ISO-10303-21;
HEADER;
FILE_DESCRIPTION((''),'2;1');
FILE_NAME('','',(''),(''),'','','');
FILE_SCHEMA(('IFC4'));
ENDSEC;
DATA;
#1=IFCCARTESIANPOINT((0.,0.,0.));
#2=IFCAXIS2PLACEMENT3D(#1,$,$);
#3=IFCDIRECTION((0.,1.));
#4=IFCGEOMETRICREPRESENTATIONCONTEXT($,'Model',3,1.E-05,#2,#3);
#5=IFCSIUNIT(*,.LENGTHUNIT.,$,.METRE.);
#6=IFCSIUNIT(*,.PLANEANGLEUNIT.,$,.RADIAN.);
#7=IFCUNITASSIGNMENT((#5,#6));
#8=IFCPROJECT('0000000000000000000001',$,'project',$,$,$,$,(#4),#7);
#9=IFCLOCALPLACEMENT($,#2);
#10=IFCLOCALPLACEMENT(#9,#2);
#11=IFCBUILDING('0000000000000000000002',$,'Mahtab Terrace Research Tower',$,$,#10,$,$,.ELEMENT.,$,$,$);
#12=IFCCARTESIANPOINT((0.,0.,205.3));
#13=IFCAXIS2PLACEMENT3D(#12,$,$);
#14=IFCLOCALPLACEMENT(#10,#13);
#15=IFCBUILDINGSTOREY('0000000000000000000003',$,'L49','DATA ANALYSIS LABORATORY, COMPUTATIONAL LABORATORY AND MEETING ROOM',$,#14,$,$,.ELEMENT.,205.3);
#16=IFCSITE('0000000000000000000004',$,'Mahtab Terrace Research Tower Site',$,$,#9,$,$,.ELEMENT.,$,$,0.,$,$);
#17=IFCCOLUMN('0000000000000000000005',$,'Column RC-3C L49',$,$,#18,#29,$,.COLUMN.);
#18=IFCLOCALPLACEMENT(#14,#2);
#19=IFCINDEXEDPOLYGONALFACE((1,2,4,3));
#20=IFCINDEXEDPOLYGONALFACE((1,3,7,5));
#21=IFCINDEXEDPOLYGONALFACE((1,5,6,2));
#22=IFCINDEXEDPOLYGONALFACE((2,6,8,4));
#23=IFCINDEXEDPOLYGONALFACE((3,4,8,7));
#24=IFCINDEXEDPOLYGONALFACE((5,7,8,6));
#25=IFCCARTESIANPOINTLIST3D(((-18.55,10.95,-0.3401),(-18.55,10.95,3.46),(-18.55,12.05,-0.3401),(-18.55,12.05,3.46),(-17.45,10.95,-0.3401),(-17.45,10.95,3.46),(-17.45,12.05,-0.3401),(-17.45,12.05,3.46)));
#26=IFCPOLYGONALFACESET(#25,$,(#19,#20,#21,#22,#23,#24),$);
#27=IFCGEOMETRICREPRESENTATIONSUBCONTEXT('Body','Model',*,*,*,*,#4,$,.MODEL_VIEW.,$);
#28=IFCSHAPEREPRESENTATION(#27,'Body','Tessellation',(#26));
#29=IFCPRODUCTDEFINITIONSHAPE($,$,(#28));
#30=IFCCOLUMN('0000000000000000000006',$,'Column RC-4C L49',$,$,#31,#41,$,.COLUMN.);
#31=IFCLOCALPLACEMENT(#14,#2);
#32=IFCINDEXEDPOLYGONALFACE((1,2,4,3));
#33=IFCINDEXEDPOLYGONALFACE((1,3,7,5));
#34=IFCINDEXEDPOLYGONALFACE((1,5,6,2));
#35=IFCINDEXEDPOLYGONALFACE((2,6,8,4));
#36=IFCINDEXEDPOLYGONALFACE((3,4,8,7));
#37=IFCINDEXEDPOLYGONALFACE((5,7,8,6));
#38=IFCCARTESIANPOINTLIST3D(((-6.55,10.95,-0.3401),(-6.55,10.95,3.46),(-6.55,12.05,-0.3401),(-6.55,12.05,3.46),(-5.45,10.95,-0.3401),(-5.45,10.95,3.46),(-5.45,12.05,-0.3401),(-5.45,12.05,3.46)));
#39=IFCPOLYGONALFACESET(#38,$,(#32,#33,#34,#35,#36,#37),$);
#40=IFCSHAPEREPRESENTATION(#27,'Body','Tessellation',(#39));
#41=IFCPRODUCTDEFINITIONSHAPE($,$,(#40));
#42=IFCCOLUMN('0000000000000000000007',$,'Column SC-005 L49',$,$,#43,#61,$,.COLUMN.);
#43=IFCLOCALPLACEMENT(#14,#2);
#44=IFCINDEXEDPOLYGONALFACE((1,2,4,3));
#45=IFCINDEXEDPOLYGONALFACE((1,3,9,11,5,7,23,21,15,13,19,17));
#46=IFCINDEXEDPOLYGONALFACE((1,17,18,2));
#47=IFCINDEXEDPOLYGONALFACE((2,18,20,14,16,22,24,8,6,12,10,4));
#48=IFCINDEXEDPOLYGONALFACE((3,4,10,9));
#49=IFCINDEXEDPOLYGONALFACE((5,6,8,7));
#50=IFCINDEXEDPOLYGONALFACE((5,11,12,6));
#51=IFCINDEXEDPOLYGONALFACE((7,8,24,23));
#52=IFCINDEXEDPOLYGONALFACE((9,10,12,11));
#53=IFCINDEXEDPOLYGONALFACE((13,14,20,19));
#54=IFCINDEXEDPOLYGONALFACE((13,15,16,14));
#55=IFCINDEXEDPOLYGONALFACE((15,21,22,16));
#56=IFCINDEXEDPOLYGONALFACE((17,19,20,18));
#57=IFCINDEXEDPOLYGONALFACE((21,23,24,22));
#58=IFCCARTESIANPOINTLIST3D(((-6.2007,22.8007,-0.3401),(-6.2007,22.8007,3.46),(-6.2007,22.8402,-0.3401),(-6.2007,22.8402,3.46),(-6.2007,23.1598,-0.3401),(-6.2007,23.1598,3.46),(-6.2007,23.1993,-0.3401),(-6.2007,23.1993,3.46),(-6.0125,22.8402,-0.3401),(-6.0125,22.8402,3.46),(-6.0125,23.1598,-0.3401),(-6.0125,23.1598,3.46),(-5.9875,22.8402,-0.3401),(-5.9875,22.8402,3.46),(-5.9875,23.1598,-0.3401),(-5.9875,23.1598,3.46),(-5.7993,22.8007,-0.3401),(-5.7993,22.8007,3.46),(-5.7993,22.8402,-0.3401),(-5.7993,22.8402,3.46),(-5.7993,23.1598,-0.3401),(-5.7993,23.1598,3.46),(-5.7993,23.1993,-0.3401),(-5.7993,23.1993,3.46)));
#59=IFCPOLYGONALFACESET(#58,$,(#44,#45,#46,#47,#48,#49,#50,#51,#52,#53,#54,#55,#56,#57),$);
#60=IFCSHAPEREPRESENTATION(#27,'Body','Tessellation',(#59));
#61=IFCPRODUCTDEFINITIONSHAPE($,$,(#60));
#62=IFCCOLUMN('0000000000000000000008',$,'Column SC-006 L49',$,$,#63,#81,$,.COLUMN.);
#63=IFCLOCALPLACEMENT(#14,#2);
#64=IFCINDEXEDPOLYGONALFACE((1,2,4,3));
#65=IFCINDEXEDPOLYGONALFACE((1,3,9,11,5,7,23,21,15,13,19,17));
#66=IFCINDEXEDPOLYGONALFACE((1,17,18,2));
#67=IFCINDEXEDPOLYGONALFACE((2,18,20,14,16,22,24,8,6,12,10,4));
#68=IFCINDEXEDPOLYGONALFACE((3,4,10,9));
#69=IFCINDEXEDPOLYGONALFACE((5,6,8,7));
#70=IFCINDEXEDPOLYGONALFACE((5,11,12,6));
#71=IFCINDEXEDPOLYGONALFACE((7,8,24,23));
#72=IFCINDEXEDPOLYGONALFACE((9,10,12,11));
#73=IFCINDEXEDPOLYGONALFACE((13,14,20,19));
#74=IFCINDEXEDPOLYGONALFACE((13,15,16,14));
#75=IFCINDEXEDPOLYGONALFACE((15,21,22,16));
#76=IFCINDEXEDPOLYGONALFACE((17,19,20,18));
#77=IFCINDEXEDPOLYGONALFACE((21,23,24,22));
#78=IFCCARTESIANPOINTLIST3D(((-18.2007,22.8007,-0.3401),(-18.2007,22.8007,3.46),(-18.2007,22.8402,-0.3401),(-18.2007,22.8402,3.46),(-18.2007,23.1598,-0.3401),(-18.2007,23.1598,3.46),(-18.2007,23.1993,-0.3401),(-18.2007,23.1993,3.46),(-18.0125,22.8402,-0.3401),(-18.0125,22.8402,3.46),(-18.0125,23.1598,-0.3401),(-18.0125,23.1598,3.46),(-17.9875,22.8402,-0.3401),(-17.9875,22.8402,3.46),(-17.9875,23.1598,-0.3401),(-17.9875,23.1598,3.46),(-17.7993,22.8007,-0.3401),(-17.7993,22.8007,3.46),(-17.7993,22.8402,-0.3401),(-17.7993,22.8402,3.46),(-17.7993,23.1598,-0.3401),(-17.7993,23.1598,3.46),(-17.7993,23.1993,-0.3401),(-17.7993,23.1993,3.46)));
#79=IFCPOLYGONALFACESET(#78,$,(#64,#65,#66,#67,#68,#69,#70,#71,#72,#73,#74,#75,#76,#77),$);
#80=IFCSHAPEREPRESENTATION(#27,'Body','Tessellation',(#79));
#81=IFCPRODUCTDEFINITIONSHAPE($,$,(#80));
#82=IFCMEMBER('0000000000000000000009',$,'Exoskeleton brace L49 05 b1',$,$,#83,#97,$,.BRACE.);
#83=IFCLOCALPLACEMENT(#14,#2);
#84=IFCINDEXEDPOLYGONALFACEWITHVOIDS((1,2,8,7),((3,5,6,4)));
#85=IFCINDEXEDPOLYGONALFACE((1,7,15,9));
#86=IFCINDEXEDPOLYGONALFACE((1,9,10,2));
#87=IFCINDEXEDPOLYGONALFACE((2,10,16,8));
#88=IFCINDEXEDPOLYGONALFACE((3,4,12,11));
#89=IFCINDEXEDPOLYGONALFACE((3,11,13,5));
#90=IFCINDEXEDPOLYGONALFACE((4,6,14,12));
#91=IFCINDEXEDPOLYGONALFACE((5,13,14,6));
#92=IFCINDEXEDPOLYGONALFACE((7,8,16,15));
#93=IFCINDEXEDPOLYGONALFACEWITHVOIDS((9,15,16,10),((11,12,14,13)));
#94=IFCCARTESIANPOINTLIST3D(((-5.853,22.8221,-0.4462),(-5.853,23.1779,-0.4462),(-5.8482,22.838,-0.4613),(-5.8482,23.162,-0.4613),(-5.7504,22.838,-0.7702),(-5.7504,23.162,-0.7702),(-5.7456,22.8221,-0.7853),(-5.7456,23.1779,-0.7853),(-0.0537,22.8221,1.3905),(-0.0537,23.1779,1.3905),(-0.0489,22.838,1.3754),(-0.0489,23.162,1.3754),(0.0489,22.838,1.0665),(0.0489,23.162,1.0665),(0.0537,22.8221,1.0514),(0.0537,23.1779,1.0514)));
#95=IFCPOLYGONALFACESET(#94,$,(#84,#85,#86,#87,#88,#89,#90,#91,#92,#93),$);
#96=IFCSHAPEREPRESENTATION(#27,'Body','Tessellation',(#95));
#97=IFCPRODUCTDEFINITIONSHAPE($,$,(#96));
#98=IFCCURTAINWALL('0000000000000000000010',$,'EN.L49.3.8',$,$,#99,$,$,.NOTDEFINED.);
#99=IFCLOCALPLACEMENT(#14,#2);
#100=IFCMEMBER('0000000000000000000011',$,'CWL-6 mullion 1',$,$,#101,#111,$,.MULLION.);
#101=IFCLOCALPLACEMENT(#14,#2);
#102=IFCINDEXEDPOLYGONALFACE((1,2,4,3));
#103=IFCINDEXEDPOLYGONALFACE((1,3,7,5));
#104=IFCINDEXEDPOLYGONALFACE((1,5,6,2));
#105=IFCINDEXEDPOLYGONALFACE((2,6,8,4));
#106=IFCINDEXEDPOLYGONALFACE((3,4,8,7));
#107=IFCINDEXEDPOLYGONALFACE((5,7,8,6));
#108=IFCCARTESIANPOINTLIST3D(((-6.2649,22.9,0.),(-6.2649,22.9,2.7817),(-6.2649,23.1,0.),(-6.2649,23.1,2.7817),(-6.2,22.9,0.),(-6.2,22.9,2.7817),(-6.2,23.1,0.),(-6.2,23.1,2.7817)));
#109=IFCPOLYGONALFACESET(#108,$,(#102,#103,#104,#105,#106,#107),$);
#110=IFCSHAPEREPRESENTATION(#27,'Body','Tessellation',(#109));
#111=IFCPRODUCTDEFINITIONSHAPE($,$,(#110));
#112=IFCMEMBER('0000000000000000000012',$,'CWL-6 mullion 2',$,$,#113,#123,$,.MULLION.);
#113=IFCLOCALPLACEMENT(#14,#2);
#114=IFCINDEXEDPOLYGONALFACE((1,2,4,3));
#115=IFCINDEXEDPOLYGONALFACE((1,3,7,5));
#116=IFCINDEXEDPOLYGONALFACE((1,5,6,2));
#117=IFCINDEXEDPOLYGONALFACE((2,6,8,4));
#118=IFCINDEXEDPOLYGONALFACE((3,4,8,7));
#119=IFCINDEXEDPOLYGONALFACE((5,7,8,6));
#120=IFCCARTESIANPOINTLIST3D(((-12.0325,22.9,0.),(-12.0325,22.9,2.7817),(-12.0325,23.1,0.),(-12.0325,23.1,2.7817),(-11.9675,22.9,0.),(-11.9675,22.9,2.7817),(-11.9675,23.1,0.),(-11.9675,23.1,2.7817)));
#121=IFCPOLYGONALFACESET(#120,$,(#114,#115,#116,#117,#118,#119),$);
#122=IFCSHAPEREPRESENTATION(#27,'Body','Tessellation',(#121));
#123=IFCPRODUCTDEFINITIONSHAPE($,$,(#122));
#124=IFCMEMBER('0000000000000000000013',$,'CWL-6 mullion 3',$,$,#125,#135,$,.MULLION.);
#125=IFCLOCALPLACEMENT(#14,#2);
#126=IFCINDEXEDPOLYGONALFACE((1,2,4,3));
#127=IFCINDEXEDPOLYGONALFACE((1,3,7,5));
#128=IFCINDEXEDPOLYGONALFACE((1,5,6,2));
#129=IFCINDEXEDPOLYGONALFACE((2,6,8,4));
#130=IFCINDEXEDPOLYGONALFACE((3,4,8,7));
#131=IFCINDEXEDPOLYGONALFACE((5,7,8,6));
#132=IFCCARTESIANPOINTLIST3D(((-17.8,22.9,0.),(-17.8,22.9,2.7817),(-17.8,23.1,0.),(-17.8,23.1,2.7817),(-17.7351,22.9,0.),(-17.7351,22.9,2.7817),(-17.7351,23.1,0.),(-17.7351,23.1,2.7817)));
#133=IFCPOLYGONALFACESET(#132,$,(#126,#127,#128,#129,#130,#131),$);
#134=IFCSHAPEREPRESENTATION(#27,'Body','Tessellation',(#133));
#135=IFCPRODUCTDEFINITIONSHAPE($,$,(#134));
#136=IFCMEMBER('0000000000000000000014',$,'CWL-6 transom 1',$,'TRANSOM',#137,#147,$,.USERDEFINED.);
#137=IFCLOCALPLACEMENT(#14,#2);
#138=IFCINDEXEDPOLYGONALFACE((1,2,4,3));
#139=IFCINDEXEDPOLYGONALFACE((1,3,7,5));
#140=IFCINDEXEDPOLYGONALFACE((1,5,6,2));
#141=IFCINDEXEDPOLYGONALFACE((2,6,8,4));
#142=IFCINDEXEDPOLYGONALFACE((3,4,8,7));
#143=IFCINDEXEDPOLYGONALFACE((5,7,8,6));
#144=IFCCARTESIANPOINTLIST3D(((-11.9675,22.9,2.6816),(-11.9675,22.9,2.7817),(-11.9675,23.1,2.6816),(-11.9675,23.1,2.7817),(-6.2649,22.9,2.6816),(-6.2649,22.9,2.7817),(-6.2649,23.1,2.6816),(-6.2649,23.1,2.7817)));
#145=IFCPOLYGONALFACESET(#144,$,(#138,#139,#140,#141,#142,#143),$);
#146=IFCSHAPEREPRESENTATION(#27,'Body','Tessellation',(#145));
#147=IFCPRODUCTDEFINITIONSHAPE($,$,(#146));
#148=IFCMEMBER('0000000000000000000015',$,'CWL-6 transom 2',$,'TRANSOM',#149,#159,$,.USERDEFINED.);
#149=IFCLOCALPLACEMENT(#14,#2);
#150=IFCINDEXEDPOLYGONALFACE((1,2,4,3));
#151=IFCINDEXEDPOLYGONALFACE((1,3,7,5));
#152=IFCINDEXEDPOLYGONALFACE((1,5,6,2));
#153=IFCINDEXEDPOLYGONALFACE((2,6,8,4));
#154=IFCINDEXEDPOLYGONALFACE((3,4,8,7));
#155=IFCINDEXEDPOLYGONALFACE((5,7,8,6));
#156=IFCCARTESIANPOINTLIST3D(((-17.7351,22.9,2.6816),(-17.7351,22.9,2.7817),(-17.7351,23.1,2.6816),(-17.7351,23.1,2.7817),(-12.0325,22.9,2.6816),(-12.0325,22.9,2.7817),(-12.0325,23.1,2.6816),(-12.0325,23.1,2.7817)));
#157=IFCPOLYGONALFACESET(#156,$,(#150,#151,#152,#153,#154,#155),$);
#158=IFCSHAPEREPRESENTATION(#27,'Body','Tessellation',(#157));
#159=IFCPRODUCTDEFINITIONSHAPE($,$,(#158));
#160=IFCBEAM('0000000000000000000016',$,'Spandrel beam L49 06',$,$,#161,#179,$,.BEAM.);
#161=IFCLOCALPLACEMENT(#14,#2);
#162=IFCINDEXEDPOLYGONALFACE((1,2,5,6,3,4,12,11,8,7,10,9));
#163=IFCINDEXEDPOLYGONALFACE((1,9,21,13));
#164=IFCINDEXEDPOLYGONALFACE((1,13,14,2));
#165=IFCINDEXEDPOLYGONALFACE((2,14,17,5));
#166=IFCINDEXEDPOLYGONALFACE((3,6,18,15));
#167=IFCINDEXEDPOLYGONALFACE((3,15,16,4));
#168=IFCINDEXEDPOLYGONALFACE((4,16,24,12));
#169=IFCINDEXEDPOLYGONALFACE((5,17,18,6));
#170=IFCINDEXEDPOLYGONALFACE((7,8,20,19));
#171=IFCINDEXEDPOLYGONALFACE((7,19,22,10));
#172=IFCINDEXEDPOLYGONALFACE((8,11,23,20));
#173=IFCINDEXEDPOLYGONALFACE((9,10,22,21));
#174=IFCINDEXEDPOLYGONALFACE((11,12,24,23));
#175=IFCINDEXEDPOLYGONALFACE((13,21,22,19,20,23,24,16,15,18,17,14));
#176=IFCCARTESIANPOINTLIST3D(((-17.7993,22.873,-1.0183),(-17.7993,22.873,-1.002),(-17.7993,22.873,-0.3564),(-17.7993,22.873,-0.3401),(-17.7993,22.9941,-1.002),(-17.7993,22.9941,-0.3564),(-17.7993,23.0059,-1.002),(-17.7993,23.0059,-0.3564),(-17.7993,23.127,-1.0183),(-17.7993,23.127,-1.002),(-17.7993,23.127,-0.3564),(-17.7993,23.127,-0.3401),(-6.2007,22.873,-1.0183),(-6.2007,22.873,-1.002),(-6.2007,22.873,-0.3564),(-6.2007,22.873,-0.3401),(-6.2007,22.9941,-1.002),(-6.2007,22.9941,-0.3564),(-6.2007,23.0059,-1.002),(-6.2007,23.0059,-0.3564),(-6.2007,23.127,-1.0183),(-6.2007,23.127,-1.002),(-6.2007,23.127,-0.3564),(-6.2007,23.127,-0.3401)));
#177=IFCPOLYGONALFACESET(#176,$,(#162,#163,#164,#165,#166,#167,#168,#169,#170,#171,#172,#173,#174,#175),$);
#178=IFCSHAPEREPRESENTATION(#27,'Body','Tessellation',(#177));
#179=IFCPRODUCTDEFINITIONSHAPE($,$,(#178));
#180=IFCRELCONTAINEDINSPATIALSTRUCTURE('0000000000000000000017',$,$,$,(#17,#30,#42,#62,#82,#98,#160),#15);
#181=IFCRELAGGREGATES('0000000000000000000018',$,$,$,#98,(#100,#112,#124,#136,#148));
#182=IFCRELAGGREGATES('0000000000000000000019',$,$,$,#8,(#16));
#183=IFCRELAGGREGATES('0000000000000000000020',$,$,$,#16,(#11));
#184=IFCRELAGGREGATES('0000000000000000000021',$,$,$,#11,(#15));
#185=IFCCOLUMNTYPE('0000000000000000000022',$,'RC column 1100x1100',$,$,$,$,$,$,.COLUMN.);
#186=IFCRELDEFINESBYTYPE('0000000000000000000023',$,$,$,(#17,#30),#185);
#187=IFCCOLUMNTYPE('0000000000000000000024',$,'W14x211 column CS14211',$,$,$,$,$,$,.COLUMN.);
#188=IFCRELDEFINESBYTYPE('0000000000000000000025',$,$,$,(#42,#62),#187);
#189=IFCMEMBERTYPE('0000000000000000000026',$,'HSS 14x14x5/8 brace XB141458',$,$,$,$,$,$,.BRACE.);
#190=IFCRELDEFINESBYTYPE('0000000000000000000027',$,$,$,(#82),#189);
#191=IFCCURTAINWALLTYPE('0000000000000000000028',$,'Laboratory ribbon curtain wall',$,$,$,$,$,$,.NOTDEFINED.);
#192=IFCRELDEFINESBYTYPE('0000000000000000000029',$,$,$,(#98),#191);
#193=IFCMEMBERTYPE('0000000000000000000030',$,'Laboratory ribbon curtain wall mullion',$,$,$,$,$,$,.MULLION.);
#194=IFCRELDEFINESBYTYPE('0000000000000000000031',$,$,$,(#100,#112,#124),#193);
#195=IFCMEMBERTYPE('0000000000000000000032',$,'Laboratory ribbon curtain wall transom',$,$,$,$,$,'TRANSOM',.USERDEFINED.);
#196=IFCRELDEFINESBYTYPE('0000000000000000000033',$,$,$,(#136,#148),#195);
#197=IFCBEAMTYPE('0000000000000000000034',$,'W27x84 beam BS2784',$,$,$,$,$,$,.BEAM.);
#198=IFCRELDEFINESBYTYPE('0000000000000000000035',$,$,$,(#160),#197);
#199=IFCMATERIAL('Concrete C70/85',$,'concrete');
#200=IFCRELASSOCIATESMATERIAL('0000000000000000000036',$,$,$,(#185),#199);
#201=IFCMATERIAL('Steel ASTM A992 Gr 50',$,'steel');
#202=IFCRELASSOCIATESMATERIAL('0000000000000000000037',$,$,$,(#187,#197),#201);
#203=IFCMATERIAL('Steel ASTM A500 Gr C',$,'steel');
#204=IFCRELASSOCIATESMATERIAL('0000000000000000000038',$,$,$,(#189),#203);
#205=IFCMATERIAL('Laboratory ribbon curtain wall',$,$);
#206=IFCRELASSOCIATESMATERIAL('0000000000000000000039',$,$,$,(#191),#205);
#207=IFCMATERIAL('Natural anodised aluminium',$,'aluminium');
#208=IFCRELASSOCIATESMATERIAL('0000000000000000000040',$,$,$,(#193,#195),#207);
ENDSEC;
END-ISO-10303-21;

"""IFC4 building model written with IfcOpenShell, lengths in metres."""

from ifc_helpers import new_model, si_unit, direction, frame, origin, origin_2d, place, context, subcontext, project, spatial, rectangle, hollow_rectangle, i_section, extrude, material, material_profile, profile_set, type_object, element, aggregate, save


model = new_model("IFC4")

# Units and contexts
model_context = context("Model", 3, precision=1e-05, world=origin(), true_north=direction((0.0, 1.0)))
body_context = subcontext(model_context, "Body", "Model", "MODEL_VIEW")
ifc_project = project(units=[si_unit("LENGTHUNIT", "METRE"), si_unit("PLANEANGLEUNIT", "RADIAN")], contexts=[model_context])

# Site, building, storey
site_placement = place(None, origin())
site = spatial("IfcSite", under=ifc_project, at=site_placement, Name="Mahtab Terrace Research Tower Site", CompositionType="ELEMENT", RefElevation=0.0)
building_placement = place(site_placement, origin())
building = spatial("IfcBuilding", under=site, at=building_placement, Name="Mahtab Terrace Research Tower", CompositionType="ELEMENT")
storey_placement = place(building_placement, frame((0.0, 0.0, 205.3)))
storey = spatial("IfcBuildingStorey", under=building, at=storey_placement, Name="L49", Description="DATA ANALYSIS LABORATORY, COMPUTATIONAL LABORATORY AND MEETING ROOM", CompositionType="ELEMENT", Elevation=205.3)

# Columns
ifc_material_1 = material(Name="Concrete C70/85", Category="concrete")
ifc_material_profile_1 = material_profile(ifc_material_1, rectangle(XDim=1.1001, YDim=1.1001, at=origin_2d()), Name="RC column 1100x1100")
ifc_profile_set_1 = profile_set([ifc_material_profile_1], Name="Concrete C70/85")
column_type_1 = type_object("IfcColumnType", Name="RC column 1100x1100", PredefinedType="COLUMN", material=ifc_profile_set_1)
for number, where, z_axis, x_axis, name in (
    (1, (-18.0, 11.5, -0.3401), (0.0, 0.0, 1.0), (1.0, 0.0, 0.0), "Column RC-3C L49"),
    (2, (-6.0, 11.5, -0.3401), (0.0, 0.0, 1.0), (1.0, 0.0, 0.0), "Column RC-4C L49"),
):
    element("IfcColumn", number, at=place(storey_placement, frame(where, z_axis=z_axis, x_axis=x_axis)), inside=storey, type_object=column_type_1, Name=name, PredefinedType="COLUMN", context=body_context, shape_type="SweptSolid", body=[
        extrude(rectangle(XDim=1.1001, YDim=1.1001, at=origin_2d()), origin(), (0.0, 0.0, 1.0), 3.8),
    ])
ifc_material_2 = material(Name="Steel ASTM A992 Gr 50", Category="steel")
ifc_material_profile_2 = material_profile(ifc_material_2, i_section(OverallWidth=0.4014, OverallDepth=0.3987, WebThickness=0.0249, FlangeThickness=0.0396, at=origin_2d()), Name="W14X211")
ifc_profile_set_2 = profile_set([ifc_material_profile_2], Name="Steel ASTM A992 Gr 50")
column_type_2 = type_object("IfcColumnType", Name="W14x211 column CS14211", PredefinedType="COLUMN", material=ifc_profile_set_2)
for number, where, z_axis, x_axis, name in (
    (3, (-6.0, 23.0, -0.3401), (0.0, 0.0, 1.0), (1.0, 0.0, 0.0), "Column SC-005 L49"),
    (4, (-18.0, 23.0, -0.3401), (0.0, 0.0, 1.0), (1.0, 0.0, 0.0), "Column SC-006 L49"),
):
    element("IfcColumn", number, at=place(storey_placement, frame(where, z_axis=z_axis, x_axis=x_axis)), inside=storey, type_object=column_type_2, Name=name, PredefinedType="COLUMN", context=body_context, shape_type="SweptSolid", body=[
        extrude(i_section(OverallWidth=0.4014, OverallDepth=0.3987, WebThickness=0.0249, FlangeThickness=0.0396, at=origin_2d()), origin(), (0.0, 0.0, 1.0), 3.8),
    ])

# Member
ifc_material_3 = material(Name="Steel ASTM A500 Gr C", Category="steel")
ifc_material_profile_3 = material_profile(ifc_material_3, hollow_rectangle(XDim=0.3557, YDim=0.3557, WallThickness=0.0159, at=origin_2d()), Name="HSS14X14X5/8")
ifc_profile_set_3 = profile_set([ifc_material_profile_3], Name="Steel ASTM A500 Gr C")
member_type_1 = type_object("IfcMemberType", Name="HSS 14x14x5/8 brace XB141458", PredefinedType="BRACE", material=ifc_profile_set_3)
member_1_placement = place(storey_placement, frame((-5.7993, 23.0, -0.6157), z_axis=(0.953332, 0.0, 0.301925), x_axis=(0.0, 1.0, 0.0)))
element("IfcMember", 5, at=member_1_placement, inside=storey, type_object=member_type_1, Name="Exoskeleton brace L49 05 b1", PredefinedType="BRACE", context=body_context, shape_type="SweptSolid", body=[
    extrude(hollow_rectangle(XDim=0.3557, YDim=0.3557, WallThickness=0.0159, at=origin_2d()), origin(), (0.0, 0.0, 1.0), 6.0833),
])

# Curtain wall, members
ifc_material_4 = material(Name="Laboratory ribbon curtain wall")
curtain_wall_type = type_object("IfcCurtainWallType", Name="Laboratory ribbon curtain wall", PredefinedType="NOTDEFINED", material=ifc_material_4)
curtain_wall_placement = place(storey_placement, origin())
curtain_wall = element("IfcCurtainWall", 6, at=curtain_wall_placement, inside=storey, type_object=curtain_wall_type, Name="EN.L49.3.8", PredefinedType="NOTDEFINED")
ifc_material_5 = material(Name="Natural anodised aluminium", Category="aluminium")
ifc_material_profile_4 = material_profile(ifc_material_5, rectangle(XDim=0.2, YDim=0.0649, at=origin_2d()), Name="MULLION 65x200")
ifc_profile_set_4 = profile_set([ifc_material_profile_4], Name="Natural anodised aluminium")
member_type_2 = type_object("IfcMemberType", Name="Laboratory ribbon curtain wall mullion", PredefinedType="MULLION", material=ifc_profile_set_4)
member_2_placement = place(storey_placement, frame((-6.2324, 23.0, 0.0), z_axis=(0.0, 0.0, 1.0), x_axis=(0.0, -1.0, 0.0)))
member_2 = element("IfcMember", 7, at=member_2_placement, type_object=member_type_2, Name="CWL-6 mullion 1", PredefinedType="MULLION", context=body_context, shape_type="SweptSolid", body=[
    extrude(rectangle(XDim=0.2, YDim=0.0649, at=origin_2d()), origin(), (0.0, 0.0, 1.0), 2.7817),
])
member_3_placement = place(storey_placement, frame((-12.0, 23.0, 0.0), z_axis=(0.0, 0.0, 1.0), x_axis=(0.0, -1.0, 0.0)))
member_3 = element("IfcMember", 8, at=member_3_placement, type_object=member_type_2, Name="CWL-6 mullion 2", PredefinedType="MULLION", context=body_context, shape_type="SweptSolid", body=[
    extrude(rectangle(XDim=0.2, YDim=0.0649, at=origin_2d()), origin(), (0.0, 0.0, 1.0), 2.7817),
])
member_4_placement = place(storey_placement, frame((-17.7676, 23.0, 0.0), z_axis=(0.0, 0.0, 1.0), x_axis=(0.0, -1.0, 0.0)))
member_4 = element("IfcMember", 9, at=member_4_placement, type_object=member_type_2, Name="CWL-6 mullion 3", PredefinedType="MULLION", context=body_context, shape_type="SweptSolid", body=[
    extrude(rectangle(XDim=0.2, YDim=0.0649, at=origin_2d()), origin(), (0.0, 0.0, 1.0), 2.7817),
])
ifc_material_profile_5 = material_profile(ifc_material_5, rectangle(XDim=0.2, YDim=0.1001, at=origin_2d()), Name="TRANSOM 100x200")
ifc_profile_set_5 = profile_set([ifc_material_profile_5], Name="Natural anodised aluminium")
member_type_3 = type_object("IfcMemberType", Name="Laboratory ribbon curtain wall transom", ElementType="TRANSOM", PredefinedType="USERDEFINED", material=ifc_profile_set_5)
member_5_placement = place(storey_placement, frame((-6.2649, 23.0, 2.7317), z_axis=(-1.0, 0.0, 0.0), x_axis=(0.0, -1.0, 0.0)))
member_5 = element("IfcMember", 10, at=member_5_placement, type_object=member_type_3, Name="CWL-6 transom 1", ObjectType="TRANSOM", PredefinedType="USERDEFINED", context=body_context, shape_type="SweptSolid", body=[
    extrude(rectangle(XDim=0.2, YDim=0.1001, at=origin_2d()), origin(), (0.0, 0.0, 1.0), 5.7026),
])
member_6_placement = place(storey_placement, frame((-12.0325, 23.0, 2.7317), z_axis=(-1.0, 0.0, 0.0), x_axis=(0.0, -1.0, 0.0)))
member_6 = element("IfcMember", 11, at=member_6_placement, type_object=member_type_3, Name="CWL-6 transom 2", ObjectType="TRANSOM", PredefinedType="USERDEFINED", context=body_context, shape_type="SweptSolid", body=[
    extrude(rectangle(XDim=0.2, YDim=0.1001, at=origin_2d()), origin(), (0.0, 0.0, 1.0), 5.7026),
])

# Beam
ifc_material_profile_6 = material_profile(ifc_material_2, i_section(OverallWidth=0.2539, OverallDepth=0.6782, WebThickness=0.0117, FlangeThickness=0.0164, at=origin_2d()), Name="W27X84")
ifc_profile_set_6 = profile_set([ifc_material_profile_6], Name="Steel ASTM A992 Gr 50")
beam_type = type_object("IfcBeamType", Name="W27x84 beam BS2784", PredefinedType="BEAM", material=ifc_profile_set_6)
beam_placement = place(storey_placement, frame((-6.2007, 23.0, -0.6792), z_axis=(-1.0, 0.0, 0.0), x_axis=(0.0, -1.0, 0.0)))
element("IfcBeam", 12, at=beam_placement, inside=storey, type_object=beam_type, Name="Spandrel beam L49 06", PredefinedType="BEAM", context=body_context, shape_type="SweptSolid", body=[
    extrude(i_section(OverallWidth=0.2539, OverallDepth=0.6782, WebThickness=0.0117, FlangeThickness=0.0164, at=origin_2d()), origin(), (0.0, 0.0, 1.0), 11.5986),
])

aggregate(curtain_wall, [member_2, member_3, member_4, member_5, member_6])

save(model, "model.ifc")
